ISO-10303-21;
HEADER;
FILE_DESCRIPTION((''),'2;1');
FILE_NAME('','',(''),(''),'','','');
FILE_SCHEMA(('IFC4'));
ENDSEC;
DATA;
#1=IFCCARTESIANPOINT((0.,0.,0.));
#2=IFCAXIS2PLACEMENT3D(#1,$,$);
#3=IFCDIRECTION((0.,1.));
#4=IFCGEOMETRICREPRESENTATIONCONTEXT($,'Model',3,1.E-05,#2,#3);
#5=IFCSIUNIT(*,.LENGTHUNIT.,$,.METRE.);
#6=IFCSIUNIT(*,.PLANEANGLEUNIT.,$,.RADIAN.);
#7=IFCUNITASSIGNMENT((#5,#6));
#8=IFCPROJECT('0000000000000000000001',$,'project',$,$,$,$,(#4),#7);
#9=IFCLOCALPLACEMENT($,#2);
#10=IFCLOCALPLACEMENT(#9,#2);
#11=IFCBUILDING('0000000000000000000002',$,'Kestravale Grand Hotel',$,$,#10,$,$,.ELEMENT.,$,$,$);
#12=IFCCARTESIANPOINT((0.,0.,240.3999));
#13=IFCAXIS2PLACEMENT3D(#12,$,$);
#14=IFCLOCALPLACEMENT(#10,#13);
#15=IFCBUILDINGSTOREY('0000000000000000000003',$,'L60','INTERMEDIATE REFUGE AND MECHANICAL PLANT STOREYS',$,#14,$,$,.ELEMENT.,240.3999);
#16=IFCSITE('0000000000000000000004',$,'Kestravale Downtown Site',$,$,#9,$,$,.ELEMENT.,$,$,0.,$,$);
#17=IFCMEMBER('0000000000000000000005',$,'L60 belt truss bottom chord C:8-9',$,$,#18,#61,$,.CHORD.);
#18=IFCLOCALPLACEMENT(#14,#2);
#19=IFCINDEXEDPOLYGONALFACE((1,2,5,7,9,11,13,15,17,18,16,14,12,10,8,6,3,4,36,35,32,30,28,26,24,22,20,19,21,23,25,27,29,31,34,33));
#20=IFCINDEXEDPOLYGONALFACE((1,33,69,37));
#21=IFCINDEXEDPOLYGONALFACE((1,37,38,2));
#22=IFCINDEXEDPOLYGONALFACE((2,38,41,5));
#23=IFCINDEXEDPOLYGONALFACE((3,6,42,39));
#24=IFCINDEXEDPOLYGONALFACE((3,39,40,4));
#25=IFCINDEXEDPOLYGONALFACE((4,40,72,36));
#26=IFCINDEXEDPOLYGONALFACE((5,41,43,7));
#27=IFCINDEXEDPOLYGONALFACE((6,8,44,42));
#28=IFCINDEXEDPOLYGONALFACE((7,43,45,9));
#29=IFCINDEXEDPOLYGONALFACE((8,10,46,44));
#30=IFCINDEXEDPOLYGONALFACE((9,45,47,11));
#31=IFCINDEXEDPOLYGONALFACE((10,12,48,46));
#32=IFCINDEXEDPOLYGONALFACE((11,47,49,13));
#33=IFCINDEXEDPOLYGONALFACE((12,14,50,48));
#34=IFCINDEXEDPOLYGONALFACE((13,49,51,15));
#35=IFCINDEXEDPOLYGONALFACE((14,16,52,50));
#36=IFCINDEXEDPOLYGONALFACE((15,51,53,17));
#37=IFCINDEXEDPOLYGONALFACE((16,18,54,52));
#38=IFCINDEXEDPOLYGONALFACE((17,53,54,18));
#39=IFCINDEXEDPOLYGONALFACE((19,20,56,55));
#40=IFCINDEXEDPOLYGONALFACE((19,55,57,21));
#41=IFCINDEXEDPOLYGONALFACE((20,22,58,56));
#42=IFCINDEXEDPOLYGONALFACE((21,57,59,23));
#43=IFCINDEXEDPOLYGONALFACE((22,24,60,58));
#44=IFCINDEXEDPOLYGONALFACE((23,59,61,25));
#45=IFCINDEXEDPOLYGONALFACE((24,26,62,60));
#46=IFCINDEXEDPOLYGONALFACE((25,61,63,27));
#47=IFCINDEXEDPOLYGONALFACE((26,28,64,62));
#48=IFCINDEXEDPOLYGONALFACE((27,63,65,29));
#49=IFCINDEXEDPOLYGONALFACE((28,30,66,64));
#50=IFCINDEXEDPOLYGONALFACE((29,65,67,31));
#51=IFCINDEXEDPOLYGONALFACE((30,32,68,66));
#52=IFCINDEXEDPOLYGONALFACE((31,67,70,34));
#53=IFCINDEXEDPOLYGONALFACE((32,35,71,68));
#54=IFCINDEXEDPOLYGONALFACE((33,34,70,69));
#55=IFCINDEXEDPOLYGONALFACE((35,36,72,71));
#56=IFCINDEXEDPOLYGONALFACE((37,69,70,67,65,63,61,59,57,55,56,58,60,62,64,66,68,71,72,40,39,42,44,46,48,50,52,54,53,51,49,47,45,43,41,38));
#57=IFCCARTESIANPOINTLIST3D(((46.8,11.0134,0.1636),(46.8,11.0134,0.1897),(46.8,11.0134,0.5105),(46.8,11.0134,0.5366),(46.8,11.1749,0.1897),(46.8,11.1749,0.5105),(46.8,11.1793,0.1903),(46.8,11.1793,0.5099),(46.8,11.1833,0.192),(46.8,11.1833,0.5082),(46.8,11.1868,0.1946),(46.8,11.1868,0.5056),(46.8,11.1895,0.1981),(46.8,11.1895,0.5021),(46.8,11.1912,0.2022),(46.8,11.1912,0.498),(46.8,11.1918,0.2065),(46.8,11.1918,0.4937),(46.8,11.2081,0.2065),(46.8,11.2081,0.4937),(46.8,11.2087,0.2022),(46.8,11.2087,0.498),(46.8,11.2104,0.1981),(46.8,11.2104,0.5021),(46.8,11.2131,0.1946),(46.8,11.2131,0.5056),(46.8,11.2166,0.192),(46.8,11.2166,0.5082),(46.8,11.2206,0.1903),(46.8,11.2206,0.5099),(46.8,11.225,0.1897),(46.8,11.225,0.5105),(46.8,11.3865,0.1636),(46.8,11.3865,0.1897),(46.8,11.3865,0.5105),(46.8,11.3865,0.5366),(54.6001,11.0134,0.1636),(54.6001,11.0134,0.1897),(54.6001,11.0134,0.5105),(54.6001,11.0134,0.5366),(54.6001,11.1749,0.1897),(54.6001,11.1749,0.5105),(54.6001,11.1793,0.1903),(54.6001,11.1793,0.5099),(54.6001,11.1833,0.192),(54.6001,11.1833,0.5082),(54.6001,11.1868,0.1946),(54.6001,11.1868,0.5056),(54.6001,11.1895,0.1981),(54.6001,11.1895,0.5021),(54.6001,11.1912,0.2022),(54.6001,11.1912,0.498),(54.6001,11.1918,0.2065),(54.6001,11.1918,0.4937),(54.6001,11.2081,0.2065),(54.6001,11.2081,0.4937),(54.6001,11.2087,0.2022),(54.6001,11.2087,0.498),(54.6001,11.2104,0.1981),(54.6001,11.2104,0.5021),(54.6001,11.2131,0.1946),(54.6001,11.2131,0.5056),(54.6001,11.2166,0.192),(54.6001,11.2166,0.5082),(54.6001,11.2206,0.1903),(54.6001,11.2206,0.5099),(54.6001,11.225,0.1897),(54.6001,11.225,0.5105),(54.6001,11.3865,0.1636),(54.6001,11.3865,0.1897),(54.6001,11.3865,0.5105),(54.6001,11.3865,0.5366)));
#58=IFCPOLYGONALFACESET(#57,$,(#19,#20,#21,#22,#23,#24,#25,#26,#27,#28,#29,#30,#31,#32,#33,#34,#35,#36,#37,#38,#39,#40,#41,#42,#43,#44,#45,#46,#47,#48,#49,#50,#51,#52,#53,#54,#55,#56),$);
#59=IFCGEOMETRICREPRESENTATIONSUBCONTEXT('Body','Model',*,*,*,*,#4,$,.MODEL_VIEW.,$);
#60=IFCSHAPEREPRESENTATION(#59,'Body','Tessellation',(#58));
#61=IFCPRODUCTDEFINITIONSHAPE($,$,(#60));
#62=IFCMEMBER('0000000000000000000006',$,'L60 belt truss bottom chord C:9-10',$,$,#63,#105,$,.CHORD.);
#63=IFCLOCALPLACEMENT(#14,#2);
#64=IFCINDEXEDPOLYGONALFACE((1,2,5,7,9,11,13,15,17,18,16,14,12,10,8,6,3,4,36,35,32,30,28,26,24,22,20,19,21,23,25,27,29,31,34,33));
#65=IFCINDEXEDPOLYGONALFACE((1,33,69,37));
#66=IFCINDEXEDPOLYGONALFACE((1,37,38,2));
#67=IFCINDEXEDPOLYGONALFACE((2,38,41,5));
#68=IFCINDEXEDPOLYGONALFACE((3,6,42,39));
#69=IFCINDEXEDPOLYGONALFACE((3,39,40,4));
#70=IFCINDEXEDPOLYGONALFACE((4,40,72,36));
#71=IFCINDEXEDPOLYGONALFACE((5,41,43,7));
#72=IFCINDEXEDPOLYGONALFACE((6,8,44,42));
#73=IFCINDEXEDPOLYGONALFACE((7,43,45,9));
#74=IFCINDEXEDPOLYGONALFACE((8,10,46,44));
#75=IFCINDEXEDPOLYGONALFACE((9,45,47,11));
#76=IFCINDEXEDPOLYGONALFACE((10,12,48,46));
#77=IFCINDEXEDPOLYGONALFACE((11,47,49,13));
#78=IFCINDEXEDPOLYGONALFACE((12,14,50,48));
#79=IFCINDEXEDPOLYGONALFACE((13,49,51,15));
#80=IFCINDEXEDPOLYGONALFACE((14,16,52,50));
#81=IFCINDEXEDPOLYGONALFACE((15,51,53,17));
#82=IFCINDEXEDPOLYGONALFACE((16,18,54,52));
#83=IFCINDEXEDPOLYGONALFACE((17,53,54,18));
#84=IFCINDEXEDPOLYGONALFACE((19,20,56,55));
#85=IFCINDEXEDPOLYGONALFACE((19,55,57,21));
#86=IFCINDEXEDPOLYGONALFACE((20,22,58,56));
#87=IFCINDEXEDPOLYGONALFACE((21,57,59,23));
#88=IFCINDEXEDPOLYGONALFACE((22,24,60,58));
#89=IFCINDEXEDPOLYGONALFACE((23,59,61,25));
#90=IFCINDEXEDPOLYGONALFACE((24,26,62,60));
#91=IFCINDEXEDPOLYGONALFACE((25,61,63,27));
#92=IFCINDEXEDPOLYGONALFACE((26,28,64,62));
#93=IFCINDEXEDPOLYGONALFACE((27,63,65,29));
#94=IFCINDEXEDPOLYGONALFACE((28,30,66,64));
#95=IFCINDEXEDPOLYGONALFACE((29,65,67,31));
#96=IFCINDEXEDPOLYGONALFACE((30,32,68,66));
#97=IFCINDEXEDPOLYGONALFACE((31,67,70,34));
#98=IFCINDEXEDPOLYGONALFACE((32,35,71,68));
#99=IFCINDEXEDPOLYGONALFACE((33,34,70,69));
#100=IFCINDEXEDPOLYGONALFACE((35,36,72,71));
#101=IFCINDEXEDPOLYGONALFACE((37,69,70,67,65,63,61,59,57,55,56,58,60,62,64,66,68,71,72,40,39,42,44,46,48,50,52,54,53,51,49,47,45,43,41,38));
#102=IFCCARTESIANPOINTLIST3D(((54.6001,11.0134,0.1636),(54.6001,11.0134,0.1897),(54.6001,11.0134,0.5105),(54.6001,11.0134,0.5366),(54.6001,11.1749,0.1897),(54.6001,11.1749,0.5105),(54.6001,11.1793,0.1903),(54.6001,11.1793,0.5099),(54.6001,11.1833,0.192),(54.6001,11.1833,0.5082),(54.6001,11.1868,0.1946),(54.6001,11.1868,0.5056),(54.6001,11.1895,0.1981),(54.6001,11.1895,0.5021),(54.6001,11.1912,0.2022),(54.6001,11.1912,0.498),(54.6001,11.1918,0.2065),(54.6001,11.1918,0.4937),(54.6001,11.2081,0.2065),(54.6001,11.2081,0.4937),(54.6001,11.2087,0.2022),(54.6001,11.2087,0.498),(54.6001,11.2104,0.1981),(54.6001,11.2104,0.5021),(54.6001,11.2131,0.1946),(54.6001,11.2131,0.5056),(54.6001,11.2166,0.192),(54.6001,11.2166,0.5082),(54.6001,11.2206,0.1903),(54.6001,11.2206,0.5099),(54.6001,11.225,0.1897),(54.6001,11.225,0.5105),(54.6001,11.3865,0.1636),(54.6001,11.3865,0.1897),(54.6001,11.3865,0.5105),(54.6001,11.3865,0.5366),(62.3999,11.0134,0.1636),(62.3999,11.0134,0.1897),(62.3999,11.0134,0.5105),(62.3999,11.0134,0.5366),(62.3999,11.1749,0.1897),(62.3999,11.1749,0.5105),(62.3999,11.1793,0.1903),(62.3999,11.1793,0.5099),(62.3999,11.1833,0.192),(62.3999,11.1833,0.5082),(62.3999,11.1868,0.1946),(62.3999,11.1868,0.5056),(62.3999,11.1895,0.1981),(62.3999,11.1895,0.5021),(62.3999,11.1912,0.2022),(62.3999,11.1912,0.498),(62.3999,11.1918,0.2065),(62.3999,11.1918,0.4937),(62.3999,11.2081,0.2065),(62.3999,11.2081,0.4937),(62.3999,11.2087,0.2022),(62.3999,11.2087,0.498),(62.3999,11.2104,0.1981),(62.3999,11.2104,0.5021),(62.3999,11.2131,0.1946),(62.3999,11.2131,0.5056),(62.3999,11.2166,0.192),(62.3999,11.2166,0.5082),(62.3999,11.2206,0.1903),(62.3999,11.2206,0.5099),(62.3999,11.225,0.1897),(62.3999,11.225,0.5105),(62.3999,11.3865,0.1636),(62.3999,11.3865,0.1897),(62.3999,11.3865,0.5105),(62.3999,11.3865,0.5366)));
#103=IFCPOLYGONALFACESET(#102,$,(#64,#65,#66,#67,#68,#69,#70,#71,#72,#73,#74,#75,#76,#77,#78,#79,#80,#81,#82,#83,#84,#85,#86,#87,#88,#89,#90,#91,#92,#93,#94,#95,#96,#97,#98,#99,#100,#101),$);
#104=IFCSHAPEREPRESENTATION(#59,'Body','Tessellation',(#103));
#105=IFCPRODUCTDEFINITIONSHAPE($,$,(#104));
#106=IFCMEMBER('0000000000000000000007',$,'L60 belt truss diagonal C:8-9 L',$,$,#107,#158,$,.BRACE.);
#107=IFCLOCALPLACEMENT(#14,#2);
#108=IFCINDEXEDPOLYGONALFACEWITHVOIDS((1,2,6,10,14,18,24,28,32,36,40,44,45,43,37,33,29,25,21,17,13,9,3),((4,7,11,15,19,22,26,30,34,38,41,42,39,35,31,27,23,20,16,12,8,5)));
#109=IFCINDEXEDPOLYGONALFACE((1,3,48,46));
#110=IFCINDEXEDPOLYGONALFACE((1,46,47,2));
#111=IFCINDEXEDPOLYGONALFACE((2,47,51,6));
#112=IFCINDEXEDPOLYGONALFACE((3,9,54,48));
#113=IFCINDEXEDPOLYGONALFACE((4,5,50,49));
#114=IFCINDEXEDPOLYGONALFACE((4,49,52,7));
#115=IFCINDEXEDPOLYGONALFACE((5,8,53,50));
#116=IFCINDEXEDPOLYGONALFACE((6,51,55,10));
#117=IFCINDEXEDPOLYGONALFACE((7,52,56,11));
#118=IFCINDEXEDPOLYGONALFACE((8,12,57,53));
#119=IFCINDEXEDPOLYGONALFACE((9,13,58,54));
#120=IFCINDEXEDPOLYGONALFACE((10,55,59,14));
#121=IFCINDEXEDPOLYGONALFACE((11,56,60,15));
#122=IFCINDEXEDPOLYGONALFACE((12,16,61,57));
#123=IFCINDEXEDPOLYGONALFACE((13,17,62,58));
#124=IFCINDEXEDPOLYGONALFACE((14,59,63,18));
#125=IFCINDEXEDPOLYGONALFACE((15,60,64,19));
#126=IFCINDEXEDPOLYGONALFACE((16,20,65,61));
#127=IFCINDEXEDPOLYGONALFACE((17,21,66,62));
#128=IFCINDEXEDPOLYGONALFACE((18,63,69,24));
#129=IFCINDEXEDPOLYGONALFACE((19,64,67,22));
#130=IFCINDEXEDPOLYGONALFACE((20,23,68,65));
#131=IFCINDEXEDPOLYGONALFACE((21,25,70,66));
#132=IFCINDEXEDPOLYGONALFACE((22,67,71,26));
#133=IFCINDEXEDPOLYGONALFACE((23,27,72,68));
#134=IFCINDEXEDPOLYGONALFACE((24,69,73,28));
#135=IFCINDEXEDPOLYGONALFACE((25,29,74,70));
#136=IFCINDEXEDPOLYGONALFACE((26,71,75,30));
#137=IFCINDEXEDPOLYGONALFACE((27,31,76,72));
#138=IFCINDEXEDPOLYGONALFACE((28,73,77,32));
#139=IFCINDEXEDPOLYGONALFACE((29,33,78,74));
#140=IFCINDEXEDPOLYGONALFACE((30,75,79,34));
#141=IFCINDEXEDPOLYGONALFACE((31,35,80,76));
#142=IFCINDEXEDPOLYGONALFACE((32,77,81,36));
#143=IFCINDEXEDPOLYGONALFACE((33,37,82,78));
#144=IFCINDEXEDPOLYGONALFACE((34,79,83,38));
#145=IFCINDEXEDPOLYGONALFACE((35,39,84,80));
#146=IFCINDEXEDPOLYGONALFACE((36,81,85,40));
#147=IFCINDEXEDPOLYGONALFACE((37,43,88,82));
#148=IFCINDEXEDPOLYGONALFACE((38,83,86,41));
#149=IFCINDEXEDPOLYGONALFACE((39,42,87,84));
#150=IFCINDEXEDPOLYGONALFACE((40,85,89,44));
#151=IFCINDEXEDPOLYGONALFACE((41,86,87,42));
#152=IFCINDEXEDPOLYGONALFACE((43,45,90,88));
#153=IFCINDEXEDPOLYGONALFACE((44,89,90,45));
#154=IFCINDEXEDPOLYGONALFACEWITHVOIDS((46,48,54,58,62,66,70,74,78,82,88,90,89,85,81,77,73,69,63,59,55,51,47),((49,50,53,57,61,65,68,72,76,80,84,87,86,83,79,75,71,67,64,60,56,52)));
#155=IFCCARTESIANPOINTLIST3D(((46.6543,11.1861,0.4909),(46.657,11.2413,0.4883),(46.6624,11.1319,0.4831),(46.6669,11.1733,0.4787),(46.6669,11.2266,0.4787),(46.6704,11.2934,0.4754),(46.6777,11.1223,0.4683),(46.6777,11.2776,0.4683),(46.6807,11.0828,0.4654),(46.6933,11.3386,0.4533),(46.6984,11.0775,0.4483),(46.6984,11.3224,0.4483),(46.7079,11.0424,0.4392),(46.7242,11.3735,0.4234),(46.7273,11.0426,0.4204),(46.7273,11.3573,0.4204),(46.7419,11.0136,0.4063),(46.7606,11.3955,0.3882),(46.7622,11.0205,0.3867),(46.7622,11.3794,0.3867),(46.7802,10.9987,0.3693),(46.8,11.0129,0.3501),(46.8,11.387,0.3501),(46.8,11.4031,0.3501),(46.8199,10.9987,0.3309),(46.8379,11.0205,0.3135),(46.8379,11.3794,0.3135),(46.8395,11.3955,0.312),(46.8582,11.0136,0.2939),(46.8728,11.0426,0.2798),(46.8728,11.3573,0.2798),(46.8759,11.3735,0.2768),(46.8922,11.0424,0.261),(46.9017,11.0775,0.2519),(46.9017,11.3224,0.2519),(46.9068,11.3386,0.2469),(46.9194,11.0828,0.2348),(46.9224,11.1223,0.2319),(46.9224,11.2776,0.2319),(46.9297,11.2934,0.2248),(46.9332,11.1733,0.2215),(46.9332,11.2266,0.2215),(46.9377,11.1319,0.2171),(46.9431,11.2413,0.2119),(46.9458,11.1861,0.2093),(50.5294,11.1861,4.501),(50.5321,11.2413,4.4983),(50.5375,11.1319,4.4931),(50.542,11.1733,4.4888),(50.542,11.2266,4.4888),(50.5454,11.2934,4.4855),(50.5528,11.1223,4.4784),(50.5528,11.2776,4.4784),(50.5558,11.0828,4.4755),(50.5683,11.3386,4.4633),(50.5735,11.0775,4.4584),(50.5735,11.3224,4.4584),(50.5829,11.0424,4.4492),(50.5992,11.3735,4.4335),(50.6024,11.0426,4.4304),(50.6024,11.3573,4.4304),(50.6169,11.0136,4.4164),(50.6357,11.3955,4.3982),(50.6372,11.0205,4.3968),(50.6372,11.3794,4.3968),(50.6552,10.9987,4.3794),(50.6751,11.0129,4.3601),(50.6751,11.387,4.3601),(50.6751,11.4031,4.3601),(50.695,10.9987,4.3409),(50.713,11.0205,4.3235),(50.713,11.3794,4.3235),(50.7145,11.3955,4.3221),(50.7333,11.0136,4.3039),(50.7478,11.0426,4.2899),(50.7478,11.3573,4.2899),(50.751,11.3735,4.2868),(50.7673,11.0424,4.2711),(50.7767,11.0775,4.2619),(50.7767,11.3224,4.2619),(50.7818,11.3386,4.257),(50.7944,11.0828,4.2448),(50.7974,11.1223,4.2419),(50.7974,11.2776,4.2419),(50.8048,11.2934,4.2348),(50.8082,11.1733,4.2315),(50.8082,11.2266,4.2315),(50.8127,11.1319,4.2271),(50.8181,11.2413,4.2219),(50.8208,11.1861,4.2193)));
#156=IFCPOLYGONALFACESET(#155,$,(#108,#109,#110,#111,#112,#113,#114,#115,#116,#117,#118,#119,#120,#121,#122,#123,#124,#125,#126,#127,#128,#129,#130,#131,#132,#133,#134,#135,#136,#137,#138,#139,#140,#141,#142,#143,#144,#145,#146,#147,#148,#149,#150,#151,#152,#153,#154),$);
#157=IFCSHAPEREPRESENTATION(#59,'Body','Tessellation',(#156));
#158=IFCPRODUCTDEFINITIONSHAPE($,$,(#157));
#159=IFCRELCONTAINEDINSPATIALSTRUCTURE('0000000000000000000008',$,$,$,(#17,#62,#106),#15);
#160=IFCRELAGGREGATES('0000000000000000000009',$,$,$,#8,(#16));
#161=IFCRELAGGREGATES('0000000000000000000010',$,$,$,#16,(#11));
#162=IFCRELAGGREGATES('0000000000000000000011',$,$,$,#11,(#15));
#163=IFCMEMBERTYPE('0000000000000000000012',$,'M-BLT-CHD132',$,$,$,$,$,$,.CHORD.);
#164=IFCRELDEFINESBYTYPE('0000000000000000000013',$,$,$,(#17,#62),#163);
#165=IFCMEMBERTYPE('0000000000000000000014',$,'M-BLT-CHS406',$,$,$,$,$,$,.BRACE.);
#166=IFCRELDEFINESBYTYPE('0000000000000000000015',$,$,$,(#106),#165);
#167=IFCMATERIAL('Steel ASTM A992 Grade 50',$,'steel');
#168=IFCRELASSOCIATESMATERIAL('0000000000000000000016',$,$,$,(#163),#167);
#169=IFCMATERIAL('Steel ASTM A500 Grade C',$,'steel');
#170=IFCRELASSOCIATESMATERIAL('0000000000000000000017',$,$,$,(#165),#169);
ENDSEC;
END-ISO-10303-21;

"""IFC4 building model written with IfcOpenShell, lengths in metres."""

from ifc_helpers import new_model, si_unit, direction, frame, origin, origin_2d, place, context, subcontext, project, spatial, hollow_circle, i_section, extrude, material, material_profile, profile_set, type_object, element, save


model = new_model("IFC4")

# Units and contexts
model_context = context("Model", 3, precision=1e-05, world=origin(), true_north=direction((0.0, 1.0)))
body_context = subcontext(model_context, "Body", "Model", "MODEL_VIEW")
ifc_project = project(units=[si_unit("LENGTHUNIT", "METRE"), si_unit("PLANEANGLEUNIT", "RADIAN")], contexts=[model_context])

# Site, building, storey
site_placement = place(None, origin())
site = spatial("IfcSite", under=ifc_project, at=site_placement, Name="Kestravale Downtown Site", CompositionType="ELEMENT", RefElevation=0.0)
building_placement = place(site_placement, origin())
building = spatial("IfcBuilding", under=site, at=building_placement, Name="Kestravale Grand Hotel", CompositionType="ELEMENT")
storey_placement = place(building_placement, frame((0.0, 0.0, 240.3999)))
storey = spatial("IfcBuildingStorey", under=building, at=storey_placement, Name="L60", Description="INTERMEDIATE REFUGE AND MECHANICAL PLANT STOREYS", CompositionType="ELEMENT", Elevation=240.3999)

# Members
ifc_material_1 = material(Name="Steel ASTM A992 Grade 50", Category="steel")
ifc_material_profile_1 = material_profile(ifc_material_1, i_section(OverallWidth=0.373, OverallDepth=0.373, WebThickness=0.0164, FlangeThickness=0.0261, FilletRadius=0.0168, at=origin_2d()))
ifc_profile_set_1 = profile_set([ifc_material_profile_1], Name="Steel ASTM A992 Grade 50")
member_type_1 = type_object("IfcMemberType", Name="M-BLT-CHD132", PredefinedType="CHORD", material=ifc_profile_set_1)
member_1_placement = place(storey_placement, frame((46.8, 11.2, 0.3501), z_axis=(1.0, 0.0, 0.0), x_axis=(0.0, 1.0, 0.0)))
element("IfcMember", 1, at=member_1_placement, inside=storey, type_object=member_type_1, Name="L60 belt truss bottom chord C:8-9", PredefinedType="CHORD", context=body_context, shape_type="SweptSolid", body=[
    extrude(i_section(OverallWidth=0.373, OverallDepth=0.373, WebThickness=0.0164, FlangeThickness=0.0261, FilletRadius=0.0168, at=origin_2d()), origin(), (0.0, 0.0, 1.0), 7.8),
])
member_2_placement = place(storey_placement, frame((54.6001, 11.2, 0.3501), z_axis=(1.0, 0.0, 0.0), x_axis=(0.0, 1.0, 0.0)))
element("IfcMember", 2, at=member_2_placement, inside=storey, type_object=member_type_1, Name="L60 belt truss bottom chord C:9-10", PredefinedType="CHORD", context=body_context, shape_type="SweptSolid", body=[
    extrude(i_section(OverallWidth=0.373, OverallDepth=0.373, WebThickness=0.0164, FlangeThickness=0.0261, FilletRadius=0.0168, at=origin_2d()), origin(), (0.0, 0.0, 1.0), 7.7998),
])
ifc_material_2 = material(Name="Steel ASTM A500 Grade C", Category="steel")
ifc_material_profile_2 = material_profile(ifc_material_2, hollow_circle(Radius=0.2031, WallThickness=0.0161, at=origin_2d()))
ifc_profile_set_2 = profile_set([ifc_material_profile_2], Name="Steel ASTM A500 Grade C")
member_type_2 = type_object("IfcMemberType", Name="M-BLT-CHS406", PredefinedType="BRACE", material=ifc_profile_set_2)
for number, where, z_axis, x_axis, name in (
    (3, (46.8, 11.2, 0.3501), (0.694898, 0.0, 0.719109), (0.0, 1.0, 0.0), "L60 belt truss diagonal C:8-9 L"),
):
    element("IfcMember", number, at=place(storey_placement, frame(where, z_axis=z_axis, x_axis=x_axis)), inside=storey, type_object=member_type_2, Name=name, PredefinedType="BRACE", context=body_context, shape_type="SweptSolid", body=[
        extrude(hollow_circle(Radius=0.2031, WallThickness=0.0161, at=origin_2d()), origin(), (0.0, 0.0, 1.0), 5.5764),
    ])

save(model, "model.ifc")
